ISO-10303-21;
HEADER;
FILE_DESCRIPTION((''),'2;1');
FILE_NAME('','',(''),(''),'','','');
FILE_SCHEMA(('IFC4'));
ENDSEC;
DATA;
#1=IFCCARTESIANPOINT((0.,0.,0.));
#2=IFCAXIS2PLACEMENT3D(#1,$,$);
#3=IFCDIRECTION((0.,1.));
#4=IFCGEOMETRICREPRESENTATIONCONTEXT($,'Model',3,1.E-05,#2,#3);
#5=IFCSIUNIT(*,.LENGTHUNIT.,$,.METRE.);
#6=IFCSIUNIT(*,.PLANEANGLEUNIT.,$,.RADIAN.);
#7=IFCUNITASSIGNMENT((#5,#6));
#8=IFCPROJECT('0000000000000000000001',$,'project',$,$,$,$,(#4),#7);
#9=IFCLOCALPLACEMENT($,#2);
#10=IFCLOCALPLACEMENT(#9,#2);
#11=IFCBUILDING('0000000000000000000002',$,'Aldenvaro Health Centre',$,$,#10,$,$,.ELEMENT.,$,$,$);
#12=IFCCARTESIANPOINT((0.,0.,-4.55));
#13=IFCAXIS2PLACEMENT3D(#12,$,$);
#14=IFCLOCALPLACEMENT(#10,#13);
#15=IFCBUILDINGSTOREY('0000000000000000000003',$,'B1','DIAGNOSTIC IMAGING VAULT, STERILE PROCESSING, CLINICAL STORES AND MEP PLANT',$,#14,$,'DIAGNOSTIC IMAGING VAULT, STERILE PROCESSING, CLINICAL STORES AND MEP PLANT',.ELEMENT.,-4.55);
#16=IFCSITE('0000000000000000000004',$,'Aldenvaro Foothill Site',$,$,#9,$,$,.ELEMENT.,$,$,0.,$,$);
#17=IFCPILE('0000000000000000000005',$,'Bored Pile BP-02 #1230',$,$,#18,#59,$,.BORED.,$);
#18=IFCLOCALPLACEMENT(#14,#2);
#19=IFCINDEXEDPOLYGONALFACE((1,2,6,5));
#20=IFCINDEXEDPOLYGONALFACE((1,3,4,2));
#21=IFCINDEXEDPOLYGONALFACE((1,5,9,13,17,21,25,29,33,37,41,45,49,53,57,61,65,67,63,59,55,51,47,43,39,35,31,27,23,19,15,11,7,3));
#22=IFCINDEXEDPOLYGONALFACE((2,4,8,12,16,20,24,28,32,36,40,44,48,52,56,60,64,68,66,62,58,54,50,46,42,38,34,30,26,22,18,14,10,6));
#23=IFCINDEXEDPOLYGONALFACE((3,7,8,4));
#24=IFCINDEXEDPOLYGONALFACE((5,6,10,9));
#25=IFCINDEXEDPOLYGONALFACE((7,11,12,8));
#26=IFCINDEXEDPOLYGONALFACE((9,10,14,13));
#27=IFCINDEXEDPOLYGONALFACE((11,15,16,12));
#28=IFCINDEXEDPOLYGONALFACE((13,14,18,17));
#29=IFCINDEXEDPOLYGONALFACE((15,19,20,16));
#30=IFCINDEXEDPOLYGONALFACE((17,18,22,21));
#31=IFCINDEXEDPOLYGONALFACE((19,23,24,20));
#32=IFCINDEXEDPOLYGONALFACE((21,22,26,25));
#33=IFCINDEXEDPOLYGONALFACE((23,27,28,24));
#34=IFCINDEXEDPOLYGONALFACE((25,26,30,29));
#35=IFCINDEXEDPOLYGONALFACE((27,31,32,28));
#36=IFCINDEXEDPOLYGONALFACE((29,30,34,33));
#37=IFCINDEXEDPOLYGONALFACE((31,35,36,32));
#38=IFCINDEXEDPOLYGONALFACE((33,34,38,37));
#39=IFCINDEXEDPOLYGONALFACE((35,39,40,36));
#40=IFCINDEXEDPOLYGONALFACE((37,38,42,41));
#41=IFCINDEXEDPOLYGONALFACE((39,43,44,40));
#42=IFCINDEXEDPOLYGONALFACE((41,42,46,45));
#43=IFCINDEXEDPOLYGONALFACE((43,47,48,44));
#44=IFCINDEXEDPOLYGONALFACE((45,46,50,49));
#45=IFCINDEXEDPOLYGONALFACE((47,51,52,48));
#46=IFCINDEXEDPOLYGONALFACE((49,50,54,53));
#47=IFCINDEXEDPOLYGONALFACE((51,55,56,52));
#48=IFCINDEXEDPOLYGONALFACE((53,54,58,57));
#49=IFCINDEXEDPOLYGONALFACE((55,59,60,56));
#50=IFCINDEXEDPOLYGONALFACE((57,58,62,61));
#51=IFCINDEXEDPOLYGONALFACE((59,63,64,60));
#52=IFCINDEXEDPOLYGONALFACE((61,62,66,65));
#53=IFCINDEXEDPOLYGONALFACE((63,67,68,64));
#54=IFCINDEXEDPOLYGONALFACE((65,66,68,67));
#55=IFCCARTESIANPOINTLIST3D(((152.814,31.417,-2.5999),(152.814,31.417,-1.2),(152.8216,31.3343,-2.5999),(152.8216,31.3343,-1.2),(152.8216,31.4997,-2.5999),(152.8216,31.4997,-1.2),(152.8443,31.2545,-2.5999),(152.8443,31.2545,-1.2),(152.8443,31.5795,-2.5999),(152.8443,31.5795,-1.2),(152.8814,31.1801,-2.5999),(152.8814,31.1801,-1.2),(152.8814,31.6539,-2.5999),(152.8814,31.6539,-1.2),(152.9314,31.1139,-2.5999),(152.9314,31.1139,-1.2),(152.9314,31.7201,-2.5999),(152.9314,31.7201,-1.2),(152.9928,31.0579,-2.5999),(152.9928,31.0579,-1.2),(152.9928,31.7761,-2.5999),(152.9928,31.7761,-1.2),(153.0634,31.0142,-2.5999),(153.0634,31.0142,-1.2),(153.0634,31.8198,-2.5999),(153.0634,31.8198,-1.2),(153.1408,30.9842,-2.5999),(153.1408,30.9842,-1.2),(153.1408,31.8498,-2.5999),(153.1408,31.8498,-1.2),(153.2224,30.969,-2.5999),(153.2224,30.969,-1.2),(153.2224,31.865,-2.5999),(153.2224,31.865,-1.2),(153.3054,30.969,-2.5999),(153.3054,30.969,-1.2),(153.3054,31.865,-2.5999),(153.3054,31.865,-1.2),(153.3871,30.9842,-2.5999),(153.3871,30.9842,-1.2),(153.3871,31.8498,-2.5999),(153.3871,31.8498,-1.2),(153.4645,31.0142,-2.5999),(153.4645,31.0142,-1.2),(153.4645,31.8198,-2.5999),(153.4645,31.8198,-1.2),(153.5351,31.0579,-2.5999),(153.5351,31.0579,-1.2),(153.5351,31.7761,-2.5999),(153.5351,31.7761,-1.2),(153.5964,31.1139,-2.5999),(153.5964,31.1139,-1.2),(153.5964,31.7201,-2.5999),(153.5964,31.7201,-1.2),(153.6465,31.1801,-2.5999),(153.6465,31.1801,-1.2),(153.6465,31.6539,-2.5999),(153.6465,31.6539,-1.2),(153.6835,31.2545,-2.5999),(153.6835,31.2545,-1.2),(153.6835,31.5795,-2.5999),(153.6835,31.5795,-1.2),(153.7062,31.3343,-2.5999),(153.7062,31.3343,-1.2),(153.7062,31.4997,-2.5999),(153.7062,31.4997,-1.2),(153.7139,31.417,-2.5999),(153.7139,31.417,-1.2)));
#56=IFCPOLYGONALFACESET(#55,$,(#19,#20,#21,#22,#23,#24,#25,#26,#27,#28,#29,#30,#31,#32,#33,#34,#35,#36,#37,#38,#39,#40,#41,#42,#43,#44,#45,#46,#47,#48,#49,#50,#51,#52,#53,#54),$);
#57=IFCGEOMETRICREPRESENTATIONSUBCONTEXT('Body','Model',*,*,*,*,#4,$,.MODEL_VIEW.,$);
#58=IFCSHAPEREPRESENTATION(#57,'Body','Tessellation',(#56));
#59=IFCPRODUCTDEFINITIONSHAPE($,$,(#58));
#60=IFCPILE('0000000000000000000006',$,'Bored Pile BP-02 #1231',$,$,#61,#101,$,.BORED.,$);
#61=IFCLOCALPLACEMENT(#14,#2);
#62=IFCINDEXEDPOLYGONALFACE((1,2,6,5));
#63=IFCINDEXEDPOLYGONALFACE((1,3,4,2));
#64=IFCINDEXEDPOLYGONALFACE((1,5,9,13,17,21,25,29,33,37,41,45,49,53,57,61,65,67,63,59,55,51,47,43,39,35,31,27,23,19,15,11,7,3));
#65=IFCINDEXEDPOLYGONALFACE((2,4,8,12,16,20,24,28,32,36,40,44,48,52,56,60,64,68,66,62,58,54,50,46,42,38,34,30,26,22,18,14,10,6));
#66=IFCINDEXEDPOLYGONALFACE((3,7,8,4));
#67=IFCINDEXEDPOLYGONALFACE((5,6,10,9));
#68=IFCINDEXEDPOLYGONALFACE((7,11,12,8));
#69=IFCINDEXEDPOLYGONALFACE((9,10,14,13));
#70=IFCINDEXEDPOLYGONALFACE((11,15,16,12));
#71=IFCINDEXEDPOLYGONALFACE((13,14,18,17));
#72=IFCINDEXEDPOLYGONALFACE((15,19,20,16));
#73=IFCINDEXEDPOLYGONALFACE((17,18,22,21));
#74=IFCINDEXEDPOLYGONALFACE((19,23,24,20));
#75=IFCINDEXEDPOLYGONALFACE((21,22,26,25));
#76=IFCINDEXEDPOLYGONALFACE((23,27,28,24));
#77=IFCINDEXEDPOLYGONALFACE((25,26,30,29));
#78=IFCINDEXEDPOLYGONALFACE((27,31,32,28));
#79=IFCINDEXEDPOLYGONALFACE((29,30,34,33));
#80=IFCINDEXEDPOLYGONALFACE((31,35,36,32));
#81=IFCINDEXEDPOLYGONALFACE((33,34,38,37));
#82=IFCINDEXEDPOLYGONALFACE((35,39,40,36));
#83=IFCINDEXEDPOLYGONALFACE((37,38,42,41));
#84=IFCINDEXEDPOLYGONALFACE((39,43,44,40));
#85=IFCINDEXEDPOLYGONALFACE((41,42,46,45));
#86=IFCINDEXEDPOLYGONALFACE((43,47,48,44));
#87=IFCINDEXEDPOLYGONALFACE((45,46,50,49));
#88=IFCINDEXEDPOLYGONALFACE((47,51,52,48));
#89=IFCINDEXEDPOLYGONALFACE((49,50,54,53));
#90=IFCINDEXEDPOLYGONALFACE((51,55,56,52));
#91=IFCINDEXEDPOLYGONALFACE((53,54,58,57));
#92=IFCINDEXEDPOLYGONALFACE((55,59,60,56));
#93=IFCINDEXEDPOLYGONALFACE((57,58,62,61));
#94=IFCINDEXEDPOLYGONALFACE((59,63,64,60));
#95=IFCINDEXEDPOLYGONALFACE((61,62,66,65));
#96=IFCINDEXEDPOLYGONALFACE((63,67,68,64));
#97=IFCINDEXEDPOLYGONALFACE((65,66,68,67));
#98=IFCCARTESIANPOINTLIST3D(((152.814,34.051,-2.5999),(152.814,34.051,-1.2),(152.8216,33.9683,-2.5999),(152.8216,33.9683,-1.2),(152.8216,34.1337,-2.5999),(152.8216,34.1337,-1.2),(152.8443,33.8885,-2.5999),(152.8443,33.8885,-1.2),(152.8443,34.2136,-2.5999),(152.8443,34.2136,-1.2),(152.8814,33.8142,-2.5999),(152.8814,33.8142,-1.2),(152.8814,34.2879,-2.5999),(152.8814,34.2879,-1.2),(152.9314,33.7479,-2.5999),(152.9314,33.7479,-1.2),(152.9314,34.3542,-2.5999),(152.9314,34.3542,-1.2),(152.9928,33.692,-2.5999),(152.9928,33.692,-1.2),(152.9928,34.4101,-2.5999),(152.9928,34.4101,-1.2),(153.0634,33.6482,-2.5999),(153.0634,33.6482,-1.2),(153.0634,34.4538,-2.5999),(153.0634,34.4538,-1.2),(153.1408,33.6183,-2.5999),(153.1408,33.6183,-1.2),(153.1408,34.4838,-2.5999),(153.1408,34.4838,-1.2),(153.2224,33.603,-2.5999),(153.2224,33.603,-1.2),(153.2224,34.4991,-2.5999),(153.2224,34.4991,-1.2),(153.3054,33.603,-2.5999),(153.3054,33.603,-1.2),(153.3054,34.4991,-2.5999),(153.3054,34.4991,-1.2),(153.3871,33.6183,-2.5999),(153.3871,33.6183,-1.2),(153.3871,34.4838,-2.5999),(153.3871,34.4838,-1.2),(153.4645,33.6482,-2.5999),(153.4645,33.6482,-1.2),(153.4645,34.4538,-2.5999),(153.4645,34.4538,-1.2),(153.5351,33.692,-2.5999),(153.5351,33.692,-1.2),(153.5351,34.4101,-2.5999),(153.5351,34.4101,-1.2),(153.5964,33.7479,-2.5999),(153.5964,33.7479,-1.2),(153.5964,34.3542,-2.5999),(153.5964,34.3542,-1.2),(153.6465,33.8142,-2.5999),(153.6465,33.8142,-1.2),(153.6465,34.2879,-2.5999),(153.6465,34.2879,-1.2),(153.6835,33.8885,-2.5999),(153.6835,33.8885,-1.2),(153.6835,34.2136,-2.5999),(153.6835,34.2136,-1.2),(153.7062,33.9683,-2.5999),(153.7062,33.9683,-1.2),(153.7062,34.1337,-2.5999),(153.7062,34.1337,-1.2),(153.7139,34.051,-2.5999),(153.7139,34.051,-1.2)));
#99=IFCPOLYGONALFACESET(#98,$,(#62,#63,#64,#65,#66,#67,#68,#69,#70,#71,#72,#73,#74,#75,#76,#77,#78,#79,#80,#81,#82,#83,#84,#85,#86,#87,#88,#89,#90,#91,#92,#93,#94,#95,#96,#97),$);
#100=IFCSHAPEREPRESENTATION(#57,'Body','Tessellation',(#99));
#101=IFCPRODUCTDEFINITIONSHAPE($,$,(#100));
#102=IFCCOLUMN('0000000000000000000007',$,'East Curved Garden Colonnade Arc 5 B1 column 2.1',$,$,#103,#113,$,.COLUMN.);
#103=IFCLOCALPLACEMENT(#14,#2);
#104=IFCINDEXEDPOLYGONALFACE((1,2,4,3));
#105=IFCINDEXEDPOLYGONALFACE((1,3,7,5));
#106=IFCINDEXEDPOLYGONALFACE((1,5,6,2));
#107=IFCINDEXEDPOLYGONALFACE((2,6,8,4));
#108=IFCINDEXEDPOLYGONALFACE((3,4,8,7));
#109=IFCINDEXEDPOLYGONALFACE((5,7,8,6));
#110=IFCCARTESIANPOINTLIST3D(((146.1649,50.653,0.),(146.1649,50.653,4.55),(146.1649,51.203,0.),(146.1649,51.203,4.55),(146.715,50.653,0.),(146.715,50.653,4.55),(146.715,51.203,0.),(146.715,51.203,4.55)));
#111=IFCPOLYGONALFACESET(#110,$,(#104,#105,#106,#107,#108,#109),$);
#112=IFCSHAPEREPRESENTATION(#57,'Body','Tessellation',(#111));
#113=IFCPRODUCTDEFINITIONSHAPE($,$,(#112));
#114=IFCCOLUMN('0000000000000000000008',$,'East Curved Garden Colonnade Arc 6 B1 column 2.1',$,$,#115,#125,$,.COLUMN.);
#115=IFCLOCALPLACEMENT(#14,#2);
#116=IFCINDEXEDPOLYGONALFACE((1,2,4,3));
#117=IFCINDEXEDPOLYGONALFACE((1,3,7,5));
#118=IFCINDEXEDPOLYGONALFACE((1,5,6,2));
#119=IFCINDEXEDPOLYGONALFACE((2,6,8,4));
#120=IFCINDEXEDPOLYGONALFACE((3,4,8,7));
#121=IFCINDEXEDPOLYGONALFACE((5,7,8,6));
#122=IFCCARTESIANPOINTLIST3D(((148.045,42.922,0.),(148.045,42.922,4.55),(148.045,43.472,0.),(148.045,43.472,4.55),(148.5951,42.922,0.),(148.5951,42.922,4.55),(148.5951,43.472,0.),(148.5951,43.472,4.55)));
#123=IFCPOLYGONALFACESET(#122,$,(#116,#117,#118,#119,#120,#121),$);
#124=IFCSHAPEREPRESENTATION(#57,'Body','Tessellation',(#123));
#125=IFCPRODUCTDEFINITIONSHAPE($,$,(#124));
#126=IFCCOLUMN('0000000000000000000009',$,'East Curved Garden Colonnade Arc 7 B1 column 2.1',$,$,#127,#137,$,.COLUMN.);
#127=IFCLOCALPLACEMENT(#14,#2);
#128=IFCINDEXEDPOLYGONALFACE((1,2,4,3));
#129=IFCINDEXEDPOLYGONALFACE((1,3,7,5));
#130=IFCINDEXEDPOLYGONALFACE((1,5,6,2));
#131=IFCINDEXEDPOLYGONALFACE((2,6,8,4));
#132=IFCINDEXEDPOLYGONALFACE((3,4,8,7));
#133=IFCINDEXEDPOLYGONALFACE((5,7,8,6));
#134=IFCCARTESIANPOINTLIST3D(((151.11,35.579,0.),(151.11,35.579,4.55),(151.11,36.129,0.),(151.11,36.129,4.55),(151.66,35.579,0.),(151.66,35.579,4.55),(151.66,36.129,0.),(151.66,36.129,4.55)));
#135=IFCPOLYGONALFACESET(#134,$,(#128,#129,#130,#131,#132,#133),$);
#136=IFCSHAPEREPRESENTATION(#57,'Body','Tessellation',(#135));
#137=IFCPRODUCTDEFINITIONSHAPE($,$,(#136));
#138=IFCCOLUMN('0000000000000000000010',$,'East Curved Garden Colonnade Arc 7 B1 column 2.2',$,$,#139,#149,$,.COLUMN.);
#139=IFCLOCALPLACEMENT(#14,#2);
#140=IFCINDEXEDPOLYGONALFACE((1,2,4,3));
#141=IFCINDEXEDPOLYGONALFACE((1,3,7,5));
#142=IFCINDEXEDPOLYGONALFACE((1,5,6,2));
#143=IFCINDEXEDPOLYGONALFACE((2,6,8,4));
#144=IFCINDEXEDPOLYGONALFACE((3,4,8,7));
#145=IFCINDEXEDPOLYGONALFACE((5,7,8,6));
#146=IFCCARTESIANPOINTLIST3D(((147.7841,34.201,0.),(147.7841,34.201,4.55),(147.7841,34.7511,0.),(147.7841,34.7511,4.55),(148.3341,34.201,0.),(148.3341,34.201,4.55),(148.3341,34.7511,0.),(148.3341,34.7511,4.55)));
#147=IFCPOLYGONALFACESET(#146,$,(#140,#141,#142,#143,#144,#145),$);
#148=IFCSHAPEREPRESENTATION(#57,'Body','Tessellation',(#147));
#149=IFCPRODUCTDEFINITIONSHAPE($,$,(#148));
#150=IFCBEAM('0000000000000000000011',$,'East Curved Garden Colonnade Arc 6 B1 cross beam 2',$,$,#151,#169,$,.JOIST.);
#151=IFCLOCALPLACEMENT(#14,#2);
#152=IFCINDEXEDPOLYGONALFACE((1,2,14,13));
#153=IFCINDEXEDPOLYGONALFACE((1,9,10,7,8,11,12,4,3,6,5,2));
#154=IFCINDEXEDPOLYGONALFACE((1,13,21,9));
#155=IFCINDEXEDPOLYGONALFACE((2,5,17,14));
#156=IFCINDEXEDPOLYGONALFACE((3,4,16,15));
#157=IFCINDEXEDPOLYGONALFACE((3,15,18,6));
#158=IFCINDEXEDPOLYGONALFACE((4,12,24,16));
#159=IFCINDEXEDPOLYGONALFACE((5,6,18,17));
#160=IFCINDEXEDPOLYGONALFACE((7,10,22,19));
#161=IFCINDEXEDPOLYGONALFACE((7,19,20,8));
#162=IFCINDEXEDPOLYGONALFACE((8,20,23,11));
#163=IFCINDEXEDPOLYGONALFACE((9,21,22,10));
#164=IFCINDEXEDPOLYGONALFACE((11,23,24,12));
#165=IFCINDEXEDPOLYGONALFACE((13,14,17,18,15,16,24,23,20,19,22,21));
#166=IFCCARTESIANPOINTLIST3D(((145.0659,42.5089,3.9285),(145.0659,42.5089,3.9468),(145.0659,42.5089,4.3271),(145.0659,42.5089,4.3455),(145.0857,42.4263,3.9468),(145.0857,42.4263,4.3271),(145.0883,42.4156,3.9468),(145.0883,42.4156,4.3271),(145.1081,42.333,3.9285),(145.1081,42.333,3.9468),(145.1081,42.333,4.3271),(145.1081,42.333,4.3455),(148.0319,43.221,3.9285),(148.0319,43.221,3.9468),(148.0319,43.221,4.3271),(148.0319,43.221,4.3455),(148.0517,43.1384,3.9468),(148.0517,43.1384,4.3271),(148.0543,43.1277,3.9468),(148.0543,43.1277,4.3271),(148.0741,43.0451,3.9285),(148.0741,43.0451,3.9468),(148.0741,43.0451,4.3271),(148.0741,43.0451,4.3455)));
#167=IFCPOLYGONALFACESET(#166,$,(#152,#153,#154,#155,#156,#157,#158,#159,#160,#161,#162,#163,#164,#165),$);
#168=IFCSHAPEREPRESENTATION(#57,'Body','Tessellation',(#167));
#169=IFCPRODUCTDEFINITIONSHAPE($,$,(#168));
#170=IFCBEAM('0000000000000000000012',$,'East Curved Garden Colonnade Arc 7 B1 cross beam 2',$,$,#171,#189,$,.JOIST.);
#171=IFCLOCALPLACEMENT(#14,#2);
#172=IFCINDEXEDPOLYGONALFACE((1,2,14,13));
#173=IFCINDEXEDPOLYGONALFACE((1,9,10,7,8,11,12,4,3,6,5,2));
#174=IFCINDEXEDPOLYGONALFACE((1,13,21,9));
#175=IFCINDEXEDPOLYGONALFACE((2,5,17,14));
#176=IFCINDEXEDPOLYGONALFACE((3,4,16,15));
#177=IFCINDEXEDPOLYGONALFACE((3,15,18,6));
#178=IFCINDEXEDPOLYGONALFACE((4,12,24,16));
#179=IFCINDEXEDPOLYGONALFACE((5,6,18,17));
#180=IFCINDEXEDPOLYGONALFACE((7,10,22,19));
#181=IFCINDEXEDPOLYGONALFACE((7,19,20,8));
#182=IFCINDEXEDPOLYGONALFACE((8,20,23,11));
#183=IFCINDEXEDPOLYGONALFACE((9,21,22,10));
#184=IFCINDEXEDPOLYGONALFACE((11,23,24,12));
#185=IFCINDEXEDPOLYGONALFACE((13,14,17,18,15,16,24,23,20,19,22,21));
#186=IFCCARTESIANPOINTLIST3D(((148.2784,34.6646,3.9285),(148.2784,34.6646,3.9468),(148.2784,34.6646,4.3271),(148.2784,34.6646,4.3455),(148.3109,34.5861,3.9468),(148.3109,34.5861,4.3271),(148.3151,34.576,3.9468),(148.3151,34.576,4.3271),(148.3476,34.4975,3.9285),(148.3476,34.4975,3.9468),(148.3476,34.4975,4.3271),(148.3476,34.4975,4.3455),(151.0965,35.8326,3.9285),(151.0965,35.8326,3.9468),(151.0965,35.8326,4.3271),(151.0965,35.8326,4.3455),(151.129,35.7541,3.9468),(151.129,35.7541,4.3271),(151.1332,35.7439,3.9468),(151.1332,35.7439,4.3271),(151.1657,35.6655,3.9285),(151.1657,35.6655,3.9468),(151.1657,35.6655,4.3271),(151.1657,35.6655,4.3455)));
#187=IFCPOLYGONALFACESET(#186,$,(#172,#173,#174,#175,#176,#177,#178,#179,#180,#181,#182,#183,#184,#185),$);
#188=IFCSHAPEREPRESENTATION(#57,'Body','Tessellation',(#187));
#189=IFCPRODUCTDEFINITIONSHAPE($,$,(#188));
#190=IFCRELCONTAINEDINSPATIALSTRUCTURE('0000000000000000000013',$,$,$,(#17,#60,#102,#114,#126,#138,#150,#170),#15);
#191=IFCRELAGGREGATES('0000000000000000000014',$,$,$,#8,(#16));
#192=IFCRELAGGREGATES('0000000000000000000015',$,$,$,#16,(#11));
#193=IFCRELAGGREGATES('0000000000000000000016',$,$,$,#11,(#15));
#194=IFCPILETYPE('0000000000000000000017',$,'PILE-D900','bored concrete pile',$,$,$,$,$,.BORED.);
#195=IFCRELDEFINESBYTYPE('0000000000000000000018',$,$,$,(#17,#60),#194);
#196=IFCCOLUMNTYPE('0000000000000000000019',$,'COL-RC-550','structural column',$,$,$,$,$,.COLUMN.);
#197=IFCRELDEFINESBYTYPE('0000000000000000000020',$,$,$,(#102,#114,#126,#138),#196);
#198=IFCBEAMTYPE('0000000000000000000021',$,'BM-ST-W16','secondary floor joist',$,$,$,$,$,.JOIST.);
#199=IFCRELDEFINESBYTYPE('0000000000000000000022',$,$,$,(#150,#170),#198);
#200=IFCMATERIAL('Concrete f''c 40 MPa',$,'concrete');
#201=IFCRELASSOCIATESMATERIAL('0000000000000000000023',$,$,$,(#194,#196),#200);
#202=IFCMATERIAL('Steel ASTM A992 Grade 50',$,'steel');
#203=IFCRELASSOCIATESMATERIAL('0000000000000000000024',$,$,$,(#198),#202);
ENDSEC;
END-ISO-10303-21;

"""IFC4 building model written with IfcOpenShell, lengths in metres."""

from ifc_helpers import new_model, si_unit, direction, frame, origin, origin_2d, place, context, subcontext, project, spatial, rectangle, circle, i_section, extrude, material, material_profile, profile_set, type_object, element, save


model = new_model("IFC4")

# Units and contexts
model_context = context("Model", 3, precision=1e-05, world=origin(), true_north=direction((0.0, 1.0)))
body_context = subcontext(model_context, "Body", "Model", "MODEL_VIEW")
ifc_project = project(units=[si_unit("LENGTHUNIT", "METRE"), si_unit("PLANEANGLEUNIT", "RADIAN")], contexts=[model_context])

# Site, building, storey
site_placement = place(None, origin())
site = spatial("IfcSite", under=ifc_project, at=site_placement, Name="Aldenvaro Foothill Site", CompositionType="ELEMENT", RefElevation=0.0)
building_placement = place(site_placement, origin())
building = spatial("IfcBuilding", under=site, at=building_placement, Name="Aldenvaro Health Centre", CompositionType="ELEMENT")
storey_placement = place(building_placement, frame((0.0, 0.0, -4.55)))
storey = spatial("IfcBuildingStorey", under=building, at=storey_placement, Name="B1", Description="DIAGNOSTIC IMAGING VAULT, STERILE PROCESSING, CLINICAL STORES AND MEP PLANT", LongName="DIAGNOSTIC IMAGING VAULT, STERILE PROCESSING, CLINICAL STORES AND MEP PLANT", CompositionType="ELEMENT", Elevation=-4.55)

# Shared definitions
ifc_material_1 = material(Name="Concrete f'c 40 MPa", Category="concrete")

# Piles
ifc_material_profile_1 = material_profile(ifc_material_1, circle(Radius=0.45, at=origin_2d()), Name="PILE D900", Category="concrete")
ifc_profile_set_1 = profile_set([ifc_material_profile_1], Name="Concrete f'c 40 MPa")
pile_type_1 = type_object("IfcPileType", Name="PILE-D900", Description="bored concrete pile", PredefinedType="BORED", material=ifc_profile_set_1)
for number, where, z_axis, x_axis, name in (
    (1, (153.2639, 31.417, -1.2), (0.0, 0.0, -1.0), (1.0, 0.0, 0.0), "Bored Pile BP-02 #1230"),
    (2, (153.2639, 34.051, -1.2), (0.0, 0.0, -1.0), (1.0, 0.0, 0.0), "Bored Pile BP-02 #1231"),
):
    element("IfcPile", number, at=place(storey_placement, frame(where, z_axis=z_axis, x_axis=x_axis)), inside=storey, type_object=pile_type_1, Name=name, PredefinedType="BORED", context=body_context, shape_type="SweptSolid", body=[
        extrude(circle(Radius=0.45, at=origin_2d()), origin(), (0.0, 0.0, 1.0), 1.3999),
    ])

# Columns
ifc_material_profile_2 = material_profile(ifc_material_1, rectangle(XDim=0.55, YDim=0.55, at=origin_2d()), Name="RC 550x550", Category="concrete")
ifc_profile_set_2 = profile_set([ifc_material_profile_2], Name="Concrete f'c 40 MPa")
column_type = type_object("IfcColumnType", Name="COL-RC-550", Description="structural column", PredefinedType="COLUMN", material=ifc_profile_set_2)
for number, where, z_axis, x_axis, name in (
    (3, (146.4399, 50.928, 0.0), (0.0, 0.0, 1.0), (1.0, 0.0, 0.0), "East Curved Garden Colonnade Arc 5 B1 column 2.1"),
    (4, (148.3201, 43.197, 0.0), (0.0, 0.0, 1.0), (1.0, 0.0, 0.0), "East Curved Garden Colonnade Arc 6 B1 column 2.1"),
    (5, (151.385, 35.854, 0.0), (0.0, 0.0, 1.0), (1.0, 0.0, 0.0), "East Curved Garden Colonnade Arc 7 B1 column 2.1"),
    (6, (148.0591, 34.4761, 0.0), (0.0, 0.0, 1.0), (1.0, 0.0, 0.0), "East Curved Garden Colonnade Arc 7 B1 column 2.2"),
):
    element("IfcColumn", number, at=place(storey_placement, frame(where, z_axis=z_axis, x_axis=x_axis)), inside=storey, type_object=column_type, Name=name, PredefinedType="COLUMN", context=body_context, shape_type="SweptSolid", body=[
        extrude(rectangle(XDim=0.55, YDim=0.55, at=origin_2d()), origin(), (0.0, 0.0, 1.0), 4.55),
    ])

# Beams
ifc_material_2 = material(Name="Steel ASTM A992 Grade 50", Category="steel")
ifc_material_profile_3 = material_profile(ifc_material_2, i_section(OverallWidth=0.1809, OverallDepth=0.417, WebThickness=0.011, FlangeThickness=0.0183, at=origin_2d()), Name="W16X57", Category="steel")
ifc_profile_set_3 = profile_set([ifc_material_profile_3], Name="Steel ASTM A992 Grade 50")
beam_type_1 = type_object("IfcBeamType", Name="BM-ST-W16", Description="secondary floor joist", PredefinedType="JOIST", material=ifc_profile_set_3)
beam_1_placement = place(storey_placement, frame((148.053, 43.1331, 4.137), z_axis=(-0.972365, -0.233467, 0.0), x_axis=(0.233467, -0.972365, 0.0)))
element("IfcBeam", 7, at=beam_1_placement, inside=storey, type_object=beam_type_1, Name="East Curved Garden Colonnade Arc 6 B1 cross beam 2", PredefinedType="JOIST", context=body_context, shape_type="SweptSolid", body=[
    extrude(i_section(OverallWidth=0.1809, OverallDepth=0.417, WebThickness=0.011, FlangeThickness=0.0183, at=origin_2d()), origin(), (0.0, 0.0, 1.0), 3.0503),
])
beam_2_placement = place(storey_placement, frame((151.1311, 35.749, 4.137), z_axis=(-0.923802, -0.38287, 0.0), x_axis=(0.38287, -0.923802, 0.0)))
element("IfcBeam", 8, at=beam_2_placement, inside=storey, type_object=beam_type_1, Name="East Curved Garden Colonnade Arc 7 B1 cross beam 2", PredefinedType="JOIST", context=body_context, shape_type="SweptSolid", body=[
    extrude(i_section(OverallWidth=0.1809, OverallDepth=0.417, WebThickness=0.011, FlangeThickness=0.0183, at=origin_2d()), origin(), (0.0, 0.0, 1.0), 3.0505),
])

save(model, "model.ifc")
